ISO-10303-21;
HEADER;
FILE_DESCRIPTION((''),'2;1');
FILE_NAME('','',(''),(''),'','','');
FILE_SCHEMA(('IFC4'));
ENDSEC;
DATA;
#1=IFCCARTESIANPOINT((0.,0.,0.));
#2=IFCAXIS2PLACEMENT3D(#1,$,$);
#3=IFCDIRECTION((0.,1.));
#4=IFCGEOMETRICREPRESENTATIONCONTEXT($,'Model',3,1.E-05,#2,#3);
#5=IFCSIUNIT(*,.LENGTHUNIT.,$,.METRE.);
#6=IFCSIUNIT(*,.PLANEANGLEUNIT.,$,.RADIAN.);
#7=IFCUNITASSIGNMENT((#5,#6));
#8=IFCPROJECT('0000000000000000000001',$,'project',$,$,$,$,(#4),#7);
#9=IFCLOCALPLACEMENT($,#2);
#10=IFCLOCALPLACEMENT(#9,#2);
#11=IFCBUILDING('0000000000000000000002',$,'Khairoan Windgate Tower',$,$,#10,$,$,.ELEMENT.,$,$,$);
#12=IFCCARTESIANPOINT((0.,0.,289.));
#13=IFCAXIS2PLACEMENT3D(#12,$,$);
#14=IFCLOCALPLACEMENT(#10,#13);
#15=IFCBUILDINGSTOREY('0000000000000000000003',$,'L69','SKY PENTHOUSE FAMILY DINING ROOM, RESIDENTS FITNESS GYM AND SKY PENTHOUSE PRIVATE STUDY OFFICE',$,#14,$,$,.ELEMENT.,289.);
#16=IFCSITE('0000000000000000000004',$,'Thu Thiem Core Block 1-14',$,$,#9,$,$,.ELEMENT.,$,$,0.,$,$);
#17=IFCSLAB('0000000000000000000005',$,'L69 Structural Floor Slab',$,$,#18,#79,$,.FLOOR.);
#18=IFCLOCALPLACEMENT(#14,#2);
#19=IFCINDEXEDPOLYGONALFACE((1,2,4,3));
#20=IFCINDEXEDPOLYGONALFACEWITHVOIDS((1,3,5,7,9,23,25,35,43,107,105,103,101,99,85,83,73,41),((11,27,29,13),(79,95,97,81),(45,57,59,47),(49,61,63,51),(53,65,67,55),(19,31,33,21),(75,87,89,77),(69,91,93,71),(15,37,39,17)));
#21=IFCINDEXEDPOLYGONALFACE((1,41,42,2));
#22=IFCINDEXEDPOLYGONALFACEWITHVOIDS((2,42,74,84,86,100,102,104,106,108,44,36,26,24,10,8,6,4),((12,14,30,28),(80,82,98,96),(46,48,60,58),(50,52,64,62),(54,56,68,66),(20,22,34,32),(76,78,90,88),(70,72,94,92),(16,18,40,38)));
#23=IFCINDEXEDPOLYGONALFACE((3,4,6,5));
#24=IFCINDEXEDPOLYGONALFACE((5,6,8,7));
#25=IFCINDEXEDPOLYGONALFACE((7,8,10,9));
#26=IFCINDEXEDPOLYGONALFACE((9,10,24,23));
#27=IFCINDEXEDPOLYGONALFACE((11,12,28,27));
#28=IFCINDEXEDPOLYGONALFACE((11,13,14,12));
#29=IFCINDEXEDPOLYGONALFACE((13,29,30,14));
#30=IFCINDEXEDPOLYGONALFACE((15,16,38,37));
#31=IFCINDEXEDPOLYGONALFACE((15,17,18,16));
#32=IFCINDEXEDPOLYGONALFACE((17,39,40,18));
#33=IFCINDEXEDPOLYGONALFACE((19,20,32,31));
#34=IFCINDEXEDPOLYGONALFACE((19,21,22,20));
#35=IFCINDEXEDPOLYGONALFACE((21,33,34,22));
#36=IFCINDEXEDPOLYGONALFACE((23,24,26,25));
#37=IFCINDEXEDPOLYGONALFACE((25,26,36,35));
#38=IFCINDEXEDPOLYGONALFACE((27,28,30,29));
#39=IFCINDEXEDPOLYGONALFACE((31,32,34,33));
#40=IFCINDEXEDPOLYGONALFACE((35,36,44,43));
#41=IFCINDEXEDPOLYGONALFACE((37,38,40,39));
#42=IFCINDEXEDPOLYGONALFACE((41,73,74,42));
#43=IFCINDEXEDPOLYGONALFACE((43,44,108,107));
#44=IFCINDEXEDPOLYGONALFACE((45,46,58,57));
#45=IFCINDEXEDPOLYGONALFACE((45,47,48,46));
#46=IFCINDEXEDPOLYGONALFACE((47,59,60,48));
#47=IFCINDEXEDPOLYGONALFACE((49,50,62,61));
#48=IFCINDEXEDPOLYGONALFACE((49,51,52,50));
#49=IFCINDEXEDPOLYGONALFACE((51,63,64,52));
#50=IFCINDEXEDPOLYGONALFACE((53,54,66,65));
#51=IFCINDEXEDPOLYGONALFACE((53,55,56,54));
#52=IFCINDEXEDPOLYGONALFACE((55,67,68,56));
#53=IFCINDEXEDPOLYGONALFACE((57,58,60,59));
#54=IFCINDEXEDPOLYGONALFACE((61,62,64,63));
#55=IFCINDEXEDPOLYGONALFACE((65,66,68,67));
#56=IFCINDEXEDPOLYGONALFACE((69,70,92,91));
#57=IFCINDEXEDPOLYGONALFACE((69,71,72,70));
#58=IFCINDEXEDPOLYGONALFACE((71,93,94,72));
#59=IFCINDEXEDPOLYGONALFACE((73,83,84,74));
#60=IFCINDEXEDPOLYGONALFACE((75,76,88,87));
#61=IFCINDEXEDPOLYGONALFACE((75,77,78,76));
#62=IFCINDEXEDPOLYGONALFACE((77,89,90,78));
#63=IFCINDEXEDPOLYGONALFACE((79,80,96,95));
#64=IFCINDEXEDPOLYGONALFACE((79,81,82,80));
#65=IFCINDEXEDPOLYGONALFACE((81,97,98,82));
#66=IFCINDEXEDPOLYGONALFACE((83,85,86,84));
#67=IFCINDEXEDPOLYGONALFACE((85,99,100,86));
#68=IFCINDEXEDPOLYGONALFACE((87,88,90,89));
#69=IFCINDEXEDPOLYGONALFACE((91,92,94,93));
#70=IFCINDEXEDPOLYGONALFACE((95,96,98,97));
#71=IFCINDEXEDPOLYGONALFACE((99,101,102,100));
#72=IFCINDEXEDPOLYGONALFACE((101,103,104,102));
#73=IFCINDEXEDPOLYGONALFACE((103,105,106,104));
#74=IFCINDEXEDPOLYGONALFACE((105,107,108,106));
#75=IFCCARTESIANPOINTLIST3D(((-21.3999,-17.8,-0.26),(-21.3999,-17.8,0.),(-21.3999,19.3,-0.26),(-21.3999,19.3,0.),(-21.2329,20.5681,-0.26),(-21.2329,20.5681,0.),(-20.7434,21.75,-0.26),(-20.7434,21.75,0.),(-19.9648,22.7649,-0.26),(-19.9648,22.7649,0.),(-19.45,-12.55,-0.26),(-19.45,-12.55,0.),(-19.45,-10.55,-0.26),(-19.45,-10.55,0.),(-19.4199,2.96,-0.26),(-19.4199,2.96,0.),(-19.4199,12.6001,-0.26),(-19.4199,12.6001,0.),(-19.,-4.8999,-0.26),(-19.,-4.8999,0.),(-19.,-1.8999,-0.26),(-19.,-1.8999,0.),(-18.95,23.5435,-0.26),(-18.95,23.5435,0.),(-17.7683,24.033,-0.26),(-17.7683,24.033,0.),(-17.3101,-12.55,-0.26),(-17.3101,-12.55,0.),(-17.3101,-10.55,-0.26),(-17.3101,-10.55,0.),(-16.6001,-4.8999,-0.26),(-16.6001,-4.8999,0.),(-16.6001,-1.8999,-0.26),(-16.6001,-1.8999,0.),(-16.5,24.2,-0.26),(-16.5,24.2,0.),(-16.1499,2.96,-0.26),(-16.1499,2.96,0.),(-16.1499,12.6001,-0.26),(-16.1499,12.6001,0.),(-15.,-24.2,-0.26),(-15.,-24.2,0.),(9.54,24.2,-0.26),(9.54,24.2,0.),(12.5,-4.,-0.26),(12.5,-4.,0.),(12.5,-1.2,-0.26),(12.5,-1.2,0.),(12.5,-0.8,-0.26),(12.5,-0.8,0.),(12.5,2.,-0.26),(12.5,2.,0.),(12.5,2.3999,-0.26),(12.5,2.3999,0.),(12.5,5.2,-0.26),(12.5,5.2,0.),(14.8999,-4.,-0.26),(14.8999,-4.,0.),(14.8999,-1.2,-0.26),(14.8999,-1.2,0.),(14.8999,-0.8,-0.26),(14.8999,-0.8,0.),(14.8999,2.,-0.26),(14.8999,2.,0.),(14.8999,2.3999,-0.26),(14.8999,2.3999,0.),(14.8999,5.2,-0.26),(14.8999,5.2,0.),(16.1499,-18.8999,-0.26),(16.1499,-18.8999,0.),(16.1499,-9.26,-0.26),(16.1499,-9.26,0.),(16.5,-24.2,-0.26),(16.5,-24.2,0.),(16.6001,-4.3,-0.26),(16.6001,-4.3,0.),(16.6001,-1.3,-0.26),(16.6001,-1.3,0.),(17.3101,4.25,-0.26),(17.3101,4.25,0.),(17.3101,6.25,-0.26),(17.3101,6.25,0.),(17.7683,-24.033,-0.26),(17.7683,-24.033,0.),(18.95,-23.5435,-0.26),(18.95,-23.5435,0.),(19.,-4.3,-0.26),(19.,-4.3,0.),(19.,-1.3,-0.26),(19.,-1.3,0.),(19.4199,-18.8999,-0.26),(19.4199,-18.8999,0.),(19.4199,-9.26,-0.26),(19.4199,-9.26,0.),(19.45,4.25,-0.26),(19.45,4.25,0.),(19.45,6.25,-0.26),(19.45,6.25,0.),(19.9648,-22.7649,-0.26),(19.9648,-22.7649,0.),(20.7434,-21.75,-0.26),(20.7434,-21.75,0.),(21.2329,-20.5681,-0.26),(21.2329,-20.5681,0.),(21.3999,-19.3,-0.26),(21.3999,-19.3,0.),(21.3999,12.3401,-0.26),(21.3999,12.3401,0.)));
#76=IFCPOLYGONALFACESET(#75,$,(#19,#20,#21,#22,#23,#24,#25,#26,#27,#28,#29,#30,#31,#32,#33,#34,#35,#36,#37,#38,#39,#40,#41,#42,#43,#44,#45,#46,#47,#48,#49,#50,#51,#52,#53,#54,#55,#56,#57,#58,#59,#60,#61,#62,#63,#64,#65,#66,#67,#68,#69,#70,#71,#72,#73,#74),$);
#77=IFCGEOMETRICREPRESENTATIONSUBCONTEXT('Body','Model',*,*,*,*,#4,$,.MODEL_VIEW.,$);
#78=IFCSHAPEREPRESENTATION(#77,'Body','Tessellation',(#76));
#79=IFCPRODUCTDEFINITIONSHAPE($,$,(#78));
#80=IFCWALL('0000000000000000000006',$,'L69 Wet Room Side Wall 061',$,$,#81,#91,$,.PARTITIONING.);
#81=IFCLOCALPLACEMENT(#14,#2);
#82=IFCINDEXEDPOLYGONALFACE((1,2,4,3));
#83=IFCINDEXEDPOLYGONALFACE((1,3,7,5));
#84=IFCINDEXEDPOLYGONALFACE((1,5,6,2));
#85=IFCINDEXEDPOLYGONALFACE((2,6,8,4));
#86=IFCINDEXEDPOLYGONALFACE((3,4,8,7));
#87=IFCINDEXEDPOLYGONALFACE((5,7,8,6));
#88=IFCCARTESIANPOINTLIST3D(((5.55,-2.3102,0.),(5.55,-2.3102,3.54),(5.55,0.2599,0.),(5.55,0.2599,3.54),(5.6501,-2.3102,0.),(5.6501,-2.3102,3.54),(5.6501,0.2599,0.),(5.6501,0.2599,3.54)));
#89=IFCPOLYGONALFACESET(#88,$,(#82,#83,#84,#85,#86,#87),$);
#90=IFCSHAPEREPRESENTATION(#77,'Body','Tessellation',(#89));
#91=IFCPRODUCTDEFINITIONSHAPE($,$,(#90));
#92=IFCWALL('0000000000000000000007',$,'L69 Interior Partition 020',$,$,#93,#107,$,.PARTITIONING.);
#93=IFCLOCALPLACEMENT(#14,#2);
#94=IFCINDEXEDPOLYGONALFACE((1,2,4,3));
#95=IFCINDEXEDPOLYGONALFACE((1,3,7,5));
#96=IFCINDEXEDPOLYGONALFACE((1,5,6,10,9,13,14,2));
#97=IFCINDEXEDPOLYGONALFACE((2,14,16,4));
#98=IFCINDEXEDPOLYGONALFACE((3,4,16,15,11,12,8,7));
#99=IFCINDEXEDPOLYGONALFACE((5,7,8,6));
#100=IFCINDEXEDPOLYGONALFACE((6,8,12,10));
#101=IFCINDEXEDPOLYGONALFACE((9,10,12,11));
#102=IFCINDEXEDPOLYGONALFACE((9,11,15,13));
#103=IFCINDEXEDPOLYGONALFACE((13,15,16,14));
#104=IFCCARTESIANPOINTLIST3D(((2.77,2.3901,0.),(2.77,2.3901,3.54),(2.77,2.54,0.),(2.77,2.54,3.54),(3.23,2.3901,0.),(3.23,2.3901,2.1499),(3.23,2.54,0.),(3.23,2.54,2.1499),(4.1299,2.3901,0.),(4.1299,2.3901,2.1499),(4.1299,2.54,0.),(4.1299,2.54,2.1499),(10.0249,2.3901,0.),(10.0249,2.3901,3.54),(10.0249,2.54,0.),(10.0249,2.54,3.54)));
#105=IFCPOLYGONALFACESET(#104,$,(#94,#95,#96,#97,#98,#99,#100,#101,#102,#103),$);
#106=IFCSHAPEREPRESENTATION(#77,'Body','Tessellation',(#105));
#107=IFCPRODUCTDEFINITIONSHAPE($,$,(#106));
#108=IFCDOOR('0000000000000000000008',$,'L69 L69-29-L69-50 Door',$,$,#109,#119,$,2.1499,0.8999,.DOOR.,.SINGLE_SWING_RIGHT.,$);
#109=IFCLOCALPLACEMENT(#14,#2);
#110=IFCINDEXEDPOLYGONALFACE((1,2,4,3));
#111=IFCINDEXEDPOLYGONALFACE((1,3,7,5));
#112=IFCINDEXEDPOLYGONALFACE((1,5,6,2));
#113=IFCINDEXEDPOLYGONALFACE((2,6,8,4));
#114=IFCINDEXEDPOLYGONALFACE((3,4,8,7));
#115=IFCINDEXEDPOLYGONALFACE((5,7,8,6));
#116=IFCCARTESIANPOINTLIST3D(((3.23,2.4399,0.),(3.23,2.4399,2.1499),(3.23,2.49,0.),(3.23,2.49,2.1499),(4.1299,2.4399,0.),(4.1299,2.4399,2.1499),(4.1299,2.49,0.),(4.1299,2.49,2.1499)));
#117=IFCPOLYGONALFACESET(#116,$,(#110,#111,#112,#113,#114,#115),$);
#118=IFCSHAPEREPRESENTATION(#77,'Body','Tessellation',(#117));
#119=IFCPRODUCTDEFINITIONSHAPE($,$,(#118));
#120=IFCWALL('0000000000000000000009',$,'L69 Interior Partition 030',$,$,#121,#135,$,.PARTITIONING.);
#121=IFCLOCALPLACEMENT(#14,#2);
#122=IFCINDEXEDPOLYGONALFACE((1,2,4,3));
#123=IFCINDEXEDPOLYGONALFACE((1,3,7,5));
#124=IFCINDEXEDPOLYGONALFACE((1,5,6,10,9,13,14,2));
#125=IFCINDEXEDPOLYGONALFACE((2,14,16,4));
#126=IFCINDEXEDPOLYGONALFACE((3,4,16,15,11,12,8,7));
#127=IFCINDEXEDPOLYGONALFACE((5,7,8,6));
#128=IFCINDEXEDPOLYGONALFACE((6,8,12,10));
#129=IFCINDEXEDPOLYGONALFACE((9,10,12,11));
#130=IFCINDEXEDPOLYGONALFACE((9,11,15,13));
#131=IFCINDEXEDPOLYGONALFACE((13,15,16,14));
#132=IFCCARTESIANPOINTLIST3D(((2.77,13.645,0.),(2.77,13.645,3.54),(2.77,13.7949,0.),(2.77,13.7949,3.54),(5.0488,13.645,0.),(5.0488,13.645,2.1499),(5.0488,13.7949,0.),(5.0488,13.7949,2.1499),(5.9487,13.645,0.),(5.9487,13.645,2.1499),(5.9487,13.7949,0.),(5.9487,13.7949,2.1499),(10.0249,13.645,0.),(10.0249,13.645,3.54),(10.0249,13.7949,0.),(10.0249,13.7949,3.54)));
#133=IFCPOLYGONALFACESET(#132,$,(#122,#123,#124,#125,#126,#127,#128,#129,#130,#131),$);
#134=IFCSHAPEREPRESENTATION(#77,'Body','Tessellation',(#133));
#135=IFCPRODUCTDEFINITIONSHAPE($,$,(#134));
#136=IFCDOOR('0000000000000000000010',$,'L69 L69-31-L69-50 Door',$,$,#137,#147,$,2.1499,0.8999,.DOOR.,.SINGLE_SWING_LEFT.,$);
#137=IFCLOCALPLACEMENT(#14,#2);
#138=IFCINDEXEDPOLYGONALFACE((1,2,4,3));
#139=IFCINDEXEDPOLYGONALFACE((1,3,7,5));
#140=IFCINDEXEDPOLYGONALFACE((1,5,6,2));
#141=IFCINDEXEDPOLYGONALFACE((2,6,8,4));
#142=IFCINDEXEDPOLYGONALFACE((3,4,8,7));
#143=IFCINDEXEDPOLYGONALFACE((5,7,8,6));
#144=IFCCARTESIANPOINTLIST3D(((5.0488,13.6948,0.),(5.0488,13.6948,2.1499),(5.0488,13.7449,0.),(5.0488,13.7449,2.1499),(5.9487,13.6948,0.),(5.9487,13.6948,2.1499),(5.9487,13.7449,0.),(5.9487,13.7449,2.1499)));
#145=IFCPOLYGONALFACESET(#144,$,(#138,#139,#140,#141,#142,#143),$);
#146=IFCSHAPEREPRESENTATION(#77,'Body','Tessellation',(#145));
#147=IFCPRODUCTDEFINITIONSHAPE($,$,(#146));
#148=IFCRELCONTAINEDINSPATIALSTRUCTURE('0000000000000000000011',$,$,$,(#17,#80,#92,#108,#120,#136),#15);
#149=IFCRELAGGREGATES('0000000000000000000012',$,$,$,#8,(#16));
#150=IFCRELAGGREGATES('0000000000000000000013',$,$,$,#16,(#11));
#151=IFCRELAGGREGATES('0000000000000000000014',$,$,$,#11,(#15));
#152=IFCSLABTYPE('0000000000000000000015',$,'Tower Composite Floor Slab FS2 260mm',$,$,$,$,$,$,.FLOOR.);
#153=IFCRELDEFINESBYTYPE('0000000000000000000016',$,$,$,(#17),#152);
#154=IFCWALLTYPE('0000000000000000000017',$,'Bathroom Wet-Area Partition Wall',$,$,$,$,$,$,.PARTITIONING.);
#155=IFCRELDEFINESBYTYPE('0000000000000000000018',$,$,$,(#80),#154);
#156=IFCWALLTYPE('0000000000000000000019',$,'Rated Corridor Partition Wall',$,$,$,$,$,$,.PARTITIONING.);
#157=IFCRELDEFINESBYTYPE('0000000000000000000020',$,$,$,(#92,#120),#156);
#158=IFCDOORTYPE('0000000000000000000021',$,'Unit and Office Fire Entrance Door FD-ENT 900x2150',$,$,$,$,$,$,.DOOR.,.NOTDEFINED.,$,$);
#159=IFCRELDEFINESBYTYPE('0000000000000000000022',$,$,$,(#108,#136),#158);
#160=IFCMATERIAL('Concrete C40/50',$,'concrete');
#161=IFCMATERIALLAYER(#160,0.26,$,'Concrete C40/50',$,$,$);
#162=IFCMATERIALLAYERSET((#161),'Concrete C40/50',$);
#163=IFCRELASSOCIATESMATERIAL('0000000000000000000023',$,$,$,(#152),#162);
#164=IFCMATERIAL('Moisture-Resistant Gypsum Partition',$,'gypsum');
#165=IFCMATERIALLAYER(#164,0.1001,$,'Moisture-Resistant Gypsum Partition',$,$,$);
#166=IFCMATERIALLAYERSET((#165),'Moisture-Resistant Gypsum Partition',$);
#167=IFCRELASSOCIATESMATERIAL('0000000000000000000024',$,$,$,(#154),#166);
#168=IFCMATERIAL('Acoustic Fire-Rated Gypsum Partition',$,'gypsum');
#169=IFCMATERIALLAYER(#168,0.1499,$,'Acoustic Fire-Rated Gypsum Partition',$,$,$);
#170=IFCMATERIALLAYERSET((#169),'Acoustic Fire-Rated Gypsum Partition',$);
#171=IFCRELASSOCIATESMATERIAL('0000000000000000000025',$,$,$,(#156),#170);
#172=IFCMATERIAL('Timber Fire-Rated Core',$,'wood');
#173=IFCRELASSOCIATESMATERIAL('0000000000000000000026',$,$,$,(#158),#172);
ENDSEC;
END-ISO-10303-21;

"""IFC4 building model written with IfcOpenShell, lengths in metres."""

from ifc_helpers import new_model, si_unit, direction, frame, frame_2d, origin, place, context, subcontext, project, spatial, polyline, rectangle, outline, extrude, material, layer, layer_set, type_object, element, fill, save


model = new_model("IFC4")

# Units and contexts
model_context = context("Model", 3, precision=1e-05, world=origin(), true_north=direction((0.0, 1.0)))
body_context = subcontext(model_context, "Body", "Model", "MODEL_VIEW")
ifc_project = project(units=[si_unit("LENGTHUNIT", "METRE"), si_unit("PLANEANGLEUNIT", "RADIAN")], contexts=[model_context])

# Site, building, storey
site_placement = place(None, origin())
site = spatial("IfcSite", under=ifc_project, at=site_placement, Name="Thu Thiem Core Block 1-14", CompositionType="ELEMENT", RefElevation=0.0)
building_placement = place(site_placement, origin())
building = spatial("IfcBuilding", under=site, at=building_placement, Name="Khairoan Windgate Tower", CompositionType="ELEMENT")
storey_placement = place(building_placement, frame((0.0, 0.0, 289.0)))
storey = spatial("IfcBuildingStorey", under=building, at=storey_placement, Name="L69", Description="SKY PENTHOUSE FAMILY DINING ROOM, RESIDENTS FITNESS GYM AND SKY PENTHOUSE PRIVATE STUDY OFFICE", CompositionType="ELEMENT", Elevation=289.0)

# Slab
ifc_material_1 = material(Name="Concrete C40/50", Category="concrete")
ifc_layer_1 = layer(ifc_material_1, 0.26, Name="Concrete C40/50")
ifc_layer_set_1 = layer_set([ifc_layer_1], Name="Concrete C40/50")
slab_type_1 = type_object("IfcSlabType", Name="Tower Composite Floor Slab FS2 260mm", PredefinedType="FLOOR", material=ifc_layer_set_1)
slab_1_placement = place(storey_placement, frame((0.0, 0.0, -0.26)))
element("IfcSlab", 1, at=slab_1_placement, inside=storey, type_object=slab_type_1, Name="L69 Structural Floor Slab", PredefinedType="FLOOR", context=body_context, shape_type="SweptSolid", body=[
    extrude(outline(polyline([(16.5, -24.2), (17.7683, -24.033), (18.95, -23.5435), (19.9648, -22.7649), (20.7434, -21.75), (21.2329, -20.5681), (21.3999, -19.3), (21.3999, 12.3401), (9.54, 24.2), (-16.5, 24.2), (-17.7683, 24.033), (-18.95, 23.5435), (-19.9648, 22.7649), (-20.7434, 21.75), (-21.2329, 20.5681), (-21.3999, 19.3), (-21.3999, -17.8), (-15.0, -24.2), (16.5, -24.2)]), holes=[polyline([(16.1499, -9.26), (16.1499, -18.8999), (19.4199, -18.8999), (19.4199, -9.26), (16.1499, -9.26)]), polyline([(-16.1499, 2.96), (-16.1499, 12.6001), (-19.4199, 12.6001), (-19.4199, 2.96), (-16.1499, 2.96)]), polyline([(12.5, 2.3999), (14.8999, 2.3999), (14.8999, 5.2), (12.5, 5.2), (12.5, 2.3999)]), polyline([(12.5, -0.8), (14.8999, -0.8), (14.8999, 2.0), (12.5, 2.0), (12.5, -0.8)]), polyline([(12.5, -4.0), (14.8999, -4.0), (14.8999, -1.2), (12.5, -1.2), (12.5, -4.0)]), polyline([(16.6001, -4.3), (19.0, -4.3), (19.0, -1.3), (16.6001, -1.3), (16.6001, -4.3)]), polyline([(-19.0, -4.8999), (-16.6001, -4.8999), (-16.6001, -1.8999), (-19.0, -1.8999), (-19.0, -4.8999)]), polyline([(-19.45, -12.55), (-17.3101, -12.55), (-17.3101, -10.55), (-19.45, -10.55), (-19.45, -12.55)]), polyline([(17.3101, 4.25), (19.45, 4.25), (19.45, 6.25), (17.3101, 6.25), (17.3101, 4.25)])]), origin(), (0.0, 0.0, 1.0), 0.26),
])

# Wall
ifc_material_2 = material(Name="Moisture-Resistant Gypsum Partition", Category="gypsum")
ifc_layer_2 = layer(ifc_material_2, 0.1001, Name="Moisture-Resistant Gypsum Partition")
ifc_layer_set_2 = layer_set([ifc_layer_2], Name="Moisture-Resistant Gypsum Partition")
wall_type_1 = type_object("IfcWallType", Name="Bathroom Wet-Area Partition Wall", PredefinedType="PARTITIONING", material=ifc_layer_set_2)
wall_1_placement = place(storey_placement, frame((5.6001, 0.26, 0.0), z_axis=(0.0, 0.0, 1.0), x_axis=(0.0, -1.0, 0.0)))
element("IfcWall", 2, at=wall_1_placement, inside=storey, type_object=wall_type_1, Name="L69 Wet Room Side Wall 061", PredefinedType="PARTITIONING", context=body_context, shape_type="SweptSolid", body=[
    extrude(rectangle(XDim=2.5701, YDim=0.1001, at=frame_2d((1.2852, 0.0))), origin(), (0.0, 0.0, 1.0), 3.54),
])

# Walls, openings, doors
ifc_material_3 = material(Name="Acoustic Fire-Rated Gypsum Partition", Category="gypsum")
ifc_layer_3 = layer(ifc_material_3, 0.1499, Name="Acoustic Fire-Rated Gypsum Partition")
ifc_layer_set_3 = layer_set([ifc_layer_3], Name="Acoustic Fire-Rated Gypsum Partition")
wall_type_2 = type_object("IfcWallType", Name="Rated Corridor Partition Wall", PredefinedType="PARTITIONING", material=ifc_layer_set_3)
wall_2_placement = place(storey_placement, frame((2.77, 2.4651, 0.0), z_axis=(0.0, 0.0, 1.0), x_axis=(1.0, 0.0, 0.0)))
wall_2 = element("IfcWall", 3, at=wall_2_placement, inside=storey, type_object=wall_type_2, Name="L69 Interior Partition 020", PredefinedType="PARTITIONING", context=body_context, shape_type="SweptSolid", body=[
    extrude(rectangle(XDim=7.2549, YDim=0.1499, at=frame_2d((3.6274, 0.0))), origin(), (0.0, 0.0, 1.0), 3.54),
])
opening_1_placement = place(wall_2_placement, frame((0.46, 0.0, 0.0)))
opening_1 = element("IfcOpeningElement", 4, at=opening_1_placement, cuts=wall_2, PredefinedType="OPENING", context=body_context, shape_type="SweptSolid", body=[
    extrude(rectangle(XDim=0.8999, YDim=2.1499, at=frame_2d((0.45, 1.075))), frame((0.0, 0.085, 0.0), z_axis=(0.0, -1.0, 0.0), x_axis=(1.0, 0.0, 0.0)), (0.0, 0.0, 1.0), 0.1699),
])
ifc_material_4 = material(Name="Timber Fire-Rated Core", Category="wood")
door_type = type_object("IfcDoorType", Name="Unit and Office Fire Entrance Door FD-ENT 900x2150", OperationType="NOTDEFINED", PredefinedType="DOOR", material=ifc_material_4)
door_1_placement = place(opening_1_placement, origin())
door_1 = element("IfcDoor", 5, at=door_1_placement, inside=storey, type_object=door_type, Name="L69 L69-29-L69-50 Door", OperationType="SINGLE_SWING_RIGHT", OverallHeight=2.1499, OverallWidth=0.8999, PredefinedType="DOOR", context=body_context, shape_type="SweptSolid", body=[
    extrude(rectangle(XDim=0.8999, YDim=2.1499, at=frame_2d((0.45, 1.075))), frame((0.0, 0.0249, 0.0), z_axis=(0.0, -1.0, 0.0), x_axis=(1.0, 0.0, 0.0)), (0.0, 0.0, 1.0), 0.05),
])
fill(opening_1, door_1)
wall_3_placement = place(storey_placement, frame((2.77, 13.72, 0.0), z_axis=(0.0, 0.0, 1.0), x_axis=(1.0, 0.0, 0.0)))
wall_3 = element("IfcWall", 6, at=wall_3_placement, inside=storey, type_object=wall_type_2, Name="L69 Interior Partition 030", PredefinedType="PARTITIONING", context=body_context, shape_type="SweptSolid", body=[
    extrude(rectangle(XDim=7.2549, YDim=0.1499, at=frame_2d((3.6274, 0.0))), origin(), (0.0, 0.0, 1.0), 3.54),
])
opening_2_placement = place(wall_3_placement, frame((2.2788, 0.0, 0.0)))
opening_2 = element("IfcOpeningElement", 7, at=opening_2_placement, cuts=wall_3, PredefinedType="OPENING", context=body_context, shape_type="SweptSolid", body=[
    extrude(rectangle(XDim=0.8999, YDim=2.1499, at=frame_2d((0.45, 1.075))), frame((0.0, 0.085, 0.0), z_axis=(0.0, -1.0, 0.0), x_axis=(1.0, 0.0, 0.0)), (0.0, 0.0, 1.0), 0.1699),
])
door_2_placement = place(opening_2_placement, origin())
door_2 = element("IfcDoor", 8, at=door_2_placement, inside=storey, type_object=door_type, Name="L69 L69-31-L69-50 Door", OperationType="SINGLE_SWING_LEFT", OverallHeight=2.1499, OverallWidth=0.8999, PredefinedType="DOOR", context=body_context, shape_type="SweptSolid", body=[
    extrude(rectangle(XDim=0.8999, YDim=2.1499, at=frame_2d((0.45, 1.075))), frame((0.0, 0.0249, 0.0), z_axis=(0.0, -1.0, 0.0), x_axis=(1.0, 0.0, 0.0)), (0.0, 0.0, 1.0), 0.05),
])
fill(opening_2, door_2)

save(model, "model.ifc")
